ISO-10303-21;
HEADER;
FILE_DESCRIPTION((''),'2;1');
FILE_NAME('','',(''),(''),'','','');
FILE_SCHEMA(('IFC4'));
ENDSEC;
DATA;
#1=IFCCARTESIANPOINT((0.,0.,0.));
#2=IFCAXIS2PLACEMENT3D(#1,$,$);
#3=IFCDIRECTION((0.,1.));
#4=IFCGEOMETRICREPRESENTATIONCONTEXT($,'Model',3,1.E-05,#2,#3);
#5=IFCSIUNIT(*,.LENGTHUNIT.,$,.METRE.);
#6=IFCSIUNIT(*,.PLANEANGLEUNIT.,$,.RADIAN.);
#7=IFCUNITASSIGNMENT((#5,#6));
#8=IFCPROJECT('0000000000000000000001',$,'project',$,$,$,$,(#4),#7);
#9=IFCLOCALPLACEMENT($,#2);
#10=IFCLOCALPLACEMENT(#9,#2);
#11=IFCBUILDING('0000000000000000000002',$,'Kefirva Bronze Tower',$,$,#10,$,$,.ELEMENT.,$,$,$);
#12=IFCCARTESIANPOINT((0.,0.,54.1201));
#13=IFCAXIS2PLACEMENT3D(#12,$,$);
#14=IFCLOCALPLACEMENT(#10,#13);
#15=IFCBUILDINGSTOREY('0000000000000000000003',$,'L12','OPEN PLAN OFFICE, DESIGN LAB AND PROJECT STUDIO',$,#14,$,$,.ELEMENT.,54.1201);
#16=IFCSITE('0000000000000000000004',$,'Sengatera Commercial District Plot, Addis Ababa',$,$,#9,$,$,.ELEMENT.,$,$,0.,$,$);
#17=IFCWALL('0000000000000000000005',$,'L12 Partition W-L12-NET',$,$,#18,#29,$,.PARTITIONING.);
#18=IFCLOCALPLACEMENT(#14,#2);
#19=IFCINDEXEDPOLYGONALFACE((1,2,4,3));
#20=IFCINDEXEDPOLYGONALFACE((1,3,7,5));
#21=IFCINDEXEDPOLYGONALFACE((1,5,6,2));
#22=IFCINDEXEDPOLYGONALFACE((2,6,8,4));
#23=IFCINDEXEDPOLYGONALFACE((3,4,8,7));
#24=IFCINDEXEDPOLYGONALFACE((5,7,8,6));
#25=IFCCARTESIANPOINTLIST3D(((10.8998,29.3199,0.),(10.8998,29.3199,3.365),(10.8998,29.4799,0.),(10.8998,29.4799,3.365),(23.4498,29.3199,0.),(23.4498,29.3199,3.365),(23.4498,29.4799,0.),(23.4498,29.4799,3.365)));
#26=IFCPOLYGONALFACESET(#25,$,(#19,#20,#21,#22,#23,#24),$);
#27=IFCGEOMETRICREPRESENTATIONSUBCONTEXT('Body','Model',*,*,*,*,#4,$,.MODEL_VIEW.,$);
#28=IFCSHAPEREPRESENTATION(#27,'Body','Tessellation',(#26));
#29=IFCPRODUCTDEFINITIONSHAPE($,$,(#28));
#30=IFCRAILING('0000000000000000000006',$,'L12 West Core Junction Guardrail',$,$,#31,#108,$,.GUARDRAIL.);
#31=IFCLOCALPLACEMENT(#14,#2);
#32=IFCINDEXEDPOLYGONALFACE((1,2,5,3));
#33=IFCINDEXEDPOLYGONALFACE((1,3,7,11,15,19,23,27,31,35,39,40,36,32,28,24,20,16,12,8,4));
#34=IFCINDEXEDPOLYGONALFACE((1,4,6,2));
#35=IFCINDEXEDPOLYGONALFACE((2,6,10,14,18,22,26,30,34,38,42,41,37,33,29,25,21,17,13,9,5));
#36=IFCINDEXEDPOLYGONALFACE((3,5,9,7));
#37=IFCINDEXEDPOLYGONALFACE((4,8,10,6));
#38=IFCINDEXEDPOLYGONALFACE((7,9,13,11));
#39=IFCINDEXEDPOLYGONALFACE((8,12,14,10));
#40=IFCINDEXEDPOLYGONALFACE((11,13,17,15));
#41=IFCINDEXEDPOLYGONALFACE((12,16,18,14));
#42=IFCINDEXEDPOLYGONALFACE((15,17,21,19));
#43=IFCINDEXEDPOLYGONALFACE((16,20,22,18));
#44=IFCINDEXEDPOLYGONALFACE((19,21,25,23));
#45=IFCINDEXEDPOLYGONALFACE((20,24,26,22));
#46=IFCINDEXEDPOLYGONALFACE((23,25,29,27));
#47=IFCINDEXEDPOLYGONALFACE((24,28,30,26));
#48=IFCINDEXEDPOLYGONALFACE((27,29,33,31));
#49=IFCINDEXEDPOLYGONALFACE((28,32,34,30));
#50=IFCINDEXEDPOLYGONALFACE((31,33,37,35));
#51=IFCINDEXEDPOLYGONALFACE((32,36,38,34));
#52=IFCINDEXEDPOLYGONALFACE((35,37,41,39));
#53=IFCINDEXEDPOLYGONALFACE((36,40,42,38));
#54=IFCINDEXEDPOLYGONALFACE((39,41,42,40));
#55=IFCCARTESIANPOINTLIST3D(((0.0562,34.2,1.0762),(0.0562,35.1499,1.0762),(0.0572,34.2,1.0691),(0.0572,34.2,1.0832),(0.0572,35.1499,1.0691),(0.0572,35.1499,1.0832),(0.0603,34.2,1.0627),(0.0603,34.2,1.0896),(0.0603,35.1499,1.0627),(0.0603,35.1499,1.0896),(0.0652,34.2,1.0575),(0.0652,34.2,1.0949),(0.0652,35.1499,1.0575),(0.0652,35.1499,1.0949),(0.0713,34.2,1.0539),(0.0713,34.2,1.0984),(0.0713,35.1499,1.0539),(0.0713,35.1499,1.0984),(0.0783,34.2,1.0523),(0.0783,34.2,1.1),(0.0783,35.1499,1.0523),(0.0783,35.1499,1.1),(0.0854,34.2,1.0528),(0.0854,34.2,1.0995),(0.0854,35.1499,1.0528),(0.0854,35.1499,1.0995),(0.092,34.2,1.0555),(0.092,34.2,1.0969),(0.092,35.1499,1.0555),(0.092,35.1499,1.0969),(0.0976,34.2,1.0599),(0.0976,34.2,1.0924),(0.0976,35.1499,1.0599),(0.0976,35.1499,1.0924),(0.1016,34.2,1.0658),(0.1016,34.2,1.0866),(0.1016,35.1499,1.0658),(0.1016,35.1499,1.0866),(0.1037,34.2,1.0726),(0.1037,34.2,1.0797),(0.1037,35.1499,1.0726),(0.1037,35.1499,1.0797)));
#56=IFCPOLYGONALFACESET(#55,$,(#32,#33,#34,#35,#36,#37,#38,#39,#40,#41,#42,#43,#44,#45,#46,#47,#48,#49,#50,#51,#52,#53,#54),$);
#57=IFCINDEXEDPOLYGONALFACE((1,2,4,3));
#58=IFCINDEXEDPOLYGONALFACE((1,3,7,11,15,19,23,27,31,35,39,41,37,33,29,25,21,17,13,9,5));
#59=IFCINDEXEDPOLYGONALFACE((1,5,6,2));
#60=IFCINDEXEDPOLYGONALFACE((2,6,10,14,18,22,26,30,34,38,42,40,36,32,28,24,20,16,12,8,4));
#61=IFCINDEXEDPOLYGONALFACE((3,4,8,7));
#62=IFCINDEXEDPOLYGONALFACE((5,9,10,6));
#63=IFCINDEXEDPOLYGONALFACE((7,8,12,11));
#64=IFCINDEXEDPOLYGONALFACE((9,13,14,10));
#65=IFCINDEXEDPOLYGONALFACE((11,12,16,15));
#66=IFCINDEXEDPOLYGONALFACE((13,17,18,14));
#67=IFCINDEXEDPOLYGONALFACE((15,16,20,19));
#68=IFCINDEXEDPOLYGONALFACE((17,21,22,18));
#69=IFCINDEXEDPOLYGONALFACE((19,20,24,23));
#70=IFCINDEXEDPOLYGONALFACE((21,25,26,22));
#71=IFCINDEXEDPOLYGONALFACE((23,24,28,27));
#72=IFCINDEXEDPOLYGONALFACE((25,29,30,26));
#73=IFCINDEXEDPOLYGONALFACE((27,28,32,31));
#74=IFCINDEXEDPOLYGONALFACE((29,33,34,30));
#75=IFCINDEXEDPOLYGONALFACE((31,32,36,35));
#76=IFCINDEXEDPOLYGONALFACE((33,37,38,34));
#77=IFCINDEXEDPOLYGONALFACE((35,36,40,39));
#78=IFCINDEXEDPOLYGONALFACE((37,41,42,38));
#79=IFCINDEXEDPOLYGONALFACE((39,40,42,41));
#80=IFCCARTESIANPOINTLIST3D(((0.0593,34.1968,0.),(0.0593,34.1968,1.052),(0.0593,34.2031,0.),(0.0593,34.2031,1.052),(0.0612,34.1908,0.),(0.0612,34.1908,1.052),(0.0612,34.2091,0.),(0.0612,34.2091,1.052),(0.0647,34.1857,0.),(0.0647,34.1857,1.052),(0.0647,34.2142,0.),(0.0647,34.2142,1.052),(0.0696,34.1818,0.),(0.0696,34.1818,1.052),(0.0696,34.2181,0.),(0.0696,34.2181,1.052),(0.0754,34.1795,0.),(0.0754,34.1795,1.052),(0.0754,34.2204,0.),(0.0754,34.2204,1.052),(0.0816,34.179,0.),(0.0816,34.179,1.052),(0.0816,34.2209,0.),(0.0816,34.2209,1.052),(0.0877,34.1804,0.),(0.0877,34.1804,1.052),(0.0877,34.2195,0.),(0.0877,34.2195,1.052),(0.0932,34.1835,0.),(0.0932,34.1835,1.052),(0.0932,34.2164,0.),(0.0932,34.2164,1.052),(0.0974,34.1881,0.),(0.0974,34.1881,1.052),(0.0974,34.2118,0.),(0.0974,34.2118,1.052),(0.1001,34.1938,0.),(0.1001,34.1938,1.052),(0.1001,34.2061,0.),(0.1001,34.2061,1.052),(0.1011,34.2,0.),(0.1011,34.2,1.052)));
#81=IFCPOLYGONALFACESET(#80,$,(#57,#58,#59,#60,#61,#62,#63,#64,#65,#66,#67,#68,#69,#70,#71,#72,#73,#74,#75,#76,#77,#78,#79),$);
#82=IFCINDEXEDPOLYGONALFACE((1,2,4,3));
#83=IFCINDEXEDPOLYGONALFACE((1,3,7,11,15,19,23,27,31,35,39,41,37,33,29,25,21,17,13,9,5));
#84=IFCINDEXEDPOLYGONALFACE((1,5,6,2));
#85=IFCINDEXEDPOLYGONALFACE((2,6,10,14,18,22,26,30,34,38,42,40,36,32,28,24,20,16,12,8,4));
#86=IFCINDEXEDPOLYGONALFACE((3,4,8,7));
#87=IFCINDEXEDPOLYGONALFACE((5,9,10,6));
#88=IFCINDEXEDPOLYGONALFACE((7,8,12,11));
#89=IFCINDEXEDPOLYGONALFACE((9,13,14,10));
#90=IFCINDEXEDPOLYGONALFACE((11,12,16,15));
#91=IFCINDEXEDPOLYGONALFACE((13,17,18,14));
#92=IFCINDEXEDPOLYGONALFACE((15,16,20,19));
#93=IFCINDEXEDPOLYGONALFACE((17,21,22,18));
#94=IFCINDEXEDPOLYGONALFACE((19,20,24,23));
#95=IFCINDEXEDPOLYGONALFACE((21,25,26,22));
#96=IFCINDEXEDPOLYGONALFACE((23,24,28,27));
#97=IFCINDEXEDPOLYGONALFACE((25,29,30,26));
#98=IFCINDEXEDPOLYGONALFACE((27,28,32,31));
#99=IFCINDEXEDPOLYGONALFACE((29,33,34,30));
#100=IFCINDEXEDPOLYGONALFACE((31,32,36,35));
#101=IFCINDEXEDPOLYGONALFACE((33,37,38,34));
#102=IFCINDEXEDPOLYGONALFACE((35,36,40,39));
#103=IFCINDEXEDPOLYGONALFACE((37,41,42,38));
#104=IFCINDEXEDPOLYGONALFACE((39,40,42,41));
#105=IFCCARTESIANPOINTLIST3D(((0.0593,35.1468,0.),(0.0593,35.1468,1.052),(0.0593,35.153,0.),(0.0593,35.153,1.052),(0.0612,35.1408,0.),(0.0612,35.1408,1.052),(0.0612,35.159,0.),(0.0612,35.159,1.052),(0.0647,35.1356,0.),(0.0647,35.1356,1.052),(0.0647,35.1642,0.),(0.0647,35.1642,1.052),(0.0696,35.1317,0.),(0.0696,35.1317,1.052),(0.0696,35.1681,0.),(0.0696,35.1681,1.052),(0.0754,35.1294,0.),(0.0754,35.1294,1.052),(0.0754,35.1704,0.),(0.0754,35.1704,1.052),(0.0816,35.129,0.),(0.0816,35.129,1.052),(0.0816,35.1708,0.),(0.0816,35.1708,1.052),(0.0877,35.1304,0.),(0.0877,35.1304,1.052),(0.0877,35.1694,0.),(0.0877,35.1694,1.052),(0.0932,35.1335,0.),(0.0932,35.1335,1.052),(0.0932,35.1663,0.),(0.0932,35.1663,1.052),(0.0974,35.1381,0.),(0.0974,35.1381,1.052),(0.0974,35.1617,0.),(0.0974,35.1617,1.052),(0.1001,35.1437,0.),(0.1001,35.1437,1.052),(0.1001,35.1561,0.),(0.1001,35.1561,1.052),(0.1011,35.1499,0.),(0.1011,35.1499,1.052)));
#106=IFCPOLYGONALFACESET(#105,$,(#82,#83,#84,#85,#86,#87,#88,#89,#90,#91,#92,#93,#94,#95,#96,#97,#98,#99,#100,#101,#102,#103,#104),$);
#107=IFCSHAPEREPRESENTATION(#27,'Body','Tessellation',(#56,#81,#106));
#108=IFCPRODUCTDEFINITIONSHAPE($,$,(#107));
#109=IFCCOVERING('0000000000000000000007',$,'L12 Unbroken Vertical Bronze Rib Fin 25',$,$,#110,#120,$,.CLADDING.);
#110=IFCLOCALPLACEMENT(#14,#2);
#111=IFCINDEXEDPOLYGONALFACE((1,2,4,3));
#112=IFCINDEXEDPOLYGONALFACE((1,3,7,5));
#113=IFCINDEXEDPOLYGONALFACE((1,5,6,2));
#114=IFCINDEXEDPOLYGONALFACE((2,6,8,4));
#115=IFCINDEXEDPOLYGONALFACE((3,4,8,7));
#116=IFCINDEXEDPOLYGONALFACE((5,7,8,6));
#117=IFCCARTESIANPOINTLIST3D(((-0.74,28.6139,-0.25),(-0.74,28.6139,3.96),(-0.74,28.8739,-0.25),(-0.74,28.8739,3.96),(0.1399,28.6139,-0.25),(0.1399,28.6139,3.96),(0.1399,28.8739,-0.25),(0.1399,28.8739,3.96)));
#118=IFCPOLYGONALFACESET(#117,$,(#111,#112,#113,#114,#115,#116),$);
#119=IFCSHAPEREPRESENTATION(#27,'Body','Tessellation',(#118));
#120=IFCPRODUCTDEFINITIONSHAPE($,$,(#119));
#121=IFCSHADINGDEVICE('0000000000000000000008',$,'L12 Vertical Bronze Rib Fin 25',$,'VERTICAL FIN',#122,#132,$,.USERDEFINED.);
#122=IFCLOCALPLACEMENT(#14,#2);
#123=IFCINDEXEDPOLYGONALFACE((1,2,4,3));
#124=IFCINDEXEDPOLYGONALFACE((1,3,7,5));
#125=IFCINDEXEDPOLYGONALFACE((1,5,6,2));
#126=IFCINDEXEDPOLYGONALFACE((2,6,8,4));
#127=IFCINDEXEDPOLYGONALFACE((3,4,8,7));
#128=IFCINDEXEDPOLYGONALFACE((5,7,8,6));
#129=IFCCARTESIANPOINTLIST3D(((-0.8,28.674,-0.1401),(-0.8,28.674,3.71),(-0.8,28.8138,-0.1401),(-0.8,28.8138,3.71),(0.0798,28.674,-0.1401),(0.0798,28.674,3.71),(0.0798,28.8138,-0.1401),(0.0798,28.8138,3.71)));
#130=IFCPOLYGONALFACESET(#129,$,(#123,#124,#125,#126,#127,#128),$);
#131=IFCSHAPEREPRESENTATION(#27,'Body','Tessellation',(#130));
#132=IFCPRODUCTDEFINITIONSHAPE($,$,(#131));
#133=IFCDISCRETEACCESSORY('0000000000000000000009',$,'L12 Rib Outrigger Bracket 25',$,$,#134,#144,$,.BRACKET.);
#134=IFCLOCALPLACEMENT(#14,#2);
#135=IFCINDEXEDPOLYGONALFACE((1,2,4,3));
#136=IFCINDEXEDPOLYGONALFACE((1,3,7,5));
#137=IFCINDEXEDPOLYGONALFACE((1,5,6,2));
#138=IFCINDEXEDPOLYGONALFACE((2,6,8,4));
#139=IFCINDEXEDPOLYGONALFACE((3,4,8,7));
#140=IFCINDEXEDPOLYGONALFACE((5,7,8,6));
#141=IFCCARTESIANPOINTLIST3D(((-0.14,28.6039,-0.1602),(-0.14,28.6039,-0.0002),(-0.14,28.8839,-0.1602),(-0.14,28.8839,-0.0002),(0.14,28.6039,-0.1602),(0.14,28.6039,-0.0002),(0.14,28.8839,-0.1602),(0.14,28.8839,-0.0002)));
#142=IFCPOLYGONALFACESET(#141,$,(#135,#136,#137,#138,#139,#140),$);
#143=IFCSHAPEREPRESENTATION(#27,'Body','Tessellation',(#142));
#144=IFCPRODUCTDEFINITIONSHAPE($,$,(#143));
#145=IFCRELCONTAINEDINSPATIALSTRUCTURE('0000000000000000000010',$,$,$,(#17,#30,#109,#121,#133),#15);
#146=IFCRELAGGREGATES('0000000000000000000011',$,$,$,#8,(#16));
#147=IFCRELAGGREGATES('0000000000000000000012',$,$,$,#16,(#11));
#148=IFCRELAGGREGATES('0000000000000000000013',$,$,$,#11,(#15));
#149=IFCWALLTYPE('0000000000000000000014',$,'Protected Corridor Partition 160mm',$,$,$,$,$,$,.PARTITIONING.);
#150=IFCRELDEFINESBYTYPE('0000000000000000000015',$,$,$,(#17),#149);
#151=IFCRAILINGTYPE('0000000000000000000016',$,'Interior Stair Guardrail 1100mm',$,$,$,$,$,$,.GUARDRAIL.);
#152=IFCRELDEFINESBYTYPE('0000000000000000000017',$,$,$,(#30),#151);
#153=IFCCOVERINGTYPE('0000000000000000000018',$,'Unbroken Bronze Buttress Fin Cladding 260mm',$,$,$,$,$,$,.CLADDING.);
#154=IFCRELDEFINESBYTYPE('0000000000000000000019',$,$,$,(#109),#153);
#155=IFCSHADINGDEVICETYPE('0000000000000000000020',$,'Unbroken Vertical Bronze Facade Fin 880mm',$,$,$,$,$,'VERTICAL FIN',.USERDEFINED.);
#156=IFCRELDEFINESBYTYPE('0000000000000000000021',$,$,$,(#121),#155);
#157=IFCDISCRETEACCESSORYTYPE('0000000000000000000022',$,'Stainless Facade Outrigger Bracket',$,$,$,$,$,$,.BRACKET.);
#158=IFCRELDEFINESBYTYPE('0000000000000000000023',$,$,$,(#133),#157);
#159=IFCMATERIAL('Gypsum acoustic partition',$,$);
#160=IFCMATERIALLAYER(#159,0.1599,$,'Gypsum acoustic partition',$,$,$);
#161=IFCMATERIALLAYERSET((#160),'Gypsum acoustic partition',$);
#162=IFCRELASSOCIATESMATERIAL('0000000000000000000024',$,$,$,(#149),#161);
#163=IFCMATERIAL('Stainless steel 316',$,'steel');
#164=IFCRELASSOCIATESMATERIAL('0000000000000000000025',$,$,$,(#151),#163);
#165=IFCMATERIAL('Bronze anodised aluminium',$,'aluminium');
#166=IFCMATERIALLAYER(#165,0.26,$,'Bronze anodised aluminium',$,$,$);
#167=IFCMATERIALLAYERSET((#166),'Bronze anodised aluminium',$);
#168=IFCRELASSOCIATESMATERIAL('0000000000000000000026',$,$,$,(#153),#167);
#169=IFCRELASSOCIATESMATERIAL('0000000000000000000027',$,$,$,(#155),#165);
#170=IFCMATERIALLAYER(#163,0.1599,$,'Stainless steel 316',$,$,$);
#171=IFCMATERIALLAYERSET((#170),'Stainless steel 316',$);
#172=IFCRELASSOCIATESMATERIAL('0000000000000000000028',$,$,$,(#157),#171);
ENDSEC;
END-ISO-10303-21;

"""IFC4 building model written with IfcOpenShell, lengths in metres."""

from ifc_helpers import new_model, si_unit, direction, frame, frame_2d, origin, origin_2d, place, context, subcontext, project, spatial, rectangle, circle, extrude, material, layer, layer_set, material_profile, profile_set, type_object, element, save


model = new_model("IFC4")

# Units and contexts
model_context = context("Model", 3, precision=1e-05, world=origin(), true_north=direction((0.0, 1.0)))
body_context = subcontext(model_context, "Body", "Model", "MODEL_VIEW")
ifc_project = project(units=[si_unit("LENGTHUNIT", "METRE"), si_unit("PLANEANGLEUNIT", "RADIAN")], contexts=[model_context])

# Site, building, storey
site_placement = place(None, origin())
site = spatial("IfcSite", under=ifc_project, at=site_placement, Name="Sengatera Commercial District Plot, Addis Ababa", CompositionType="ELEMENT", RefElevation=0.0)
building_placement = place(site_placement, origin())
building = spatial("IfcBuilding", under=site, at=building_placement, Name="Kefirva Bronze Tower", CompositionType="ELEMENT")
storey_placement = place(building_placement, frame((0.0, 0.0, 54.1201)))
storey = spatial("IfcBuildingStorey", under=building, at=storey_placement, Name="L12", Description="OPEN PLAN OFFICE, DESIGN LAB AND PROJECT STUDIO", CompositionType="ELEMENT", Elevation=54.1201)

# Shared definitions
ifc_material_1 = material(Name="Bronze anodised aluminium", Category="aluminium")

# Wall
ifc_material_2 = material(Name="Gypsum acoustic partition")
ifc_layer_1 = layer(ifc_material_2, 0.1599, Name="Gypsum acoustic partition")
ifc_layer_set_1 = layer_set([ifc_layer_1], Name="Gypsum acoustic partition")
wall_type_1 = type_object("IfcWallType", Name="Protected Corridor Partition 160mm", PredefinedType="PARTITIONING", material=ifc_layer_set_1)
wall_1_placement = place(storey_placement, frame((10.8999, 29.3999, 0.0), z_axis=(0.0, 0.0, 1.0), x_axis=(1.0, 0.0, 0.0)))
element("IfcWall", 1, at=wall_1_placement, inside=storey, type_object=wall_type_1, Name="L12 Partition W-L12-NET", PredefinedType="PARTITIONING", context=body_context, shape_type="SweptSolid", body=[
    extrude(rectangle(XDim=12.55, YDim=0.1599, at=frame_2d((6.2749, 0.0))), origin(), (0.0, 0.0, 1.0), 3.365),
])

# Railing
ifc_material_3 = material(Name="Stainless steel 316", Category="steel")
railing_type = type_object("IfcRailingType", Name="Interior Stair Guardrail 1100mm", PredefinedType="GUARDRAIL", material=ifc_material_3)
railing_placement = place(storey_placement, frame((0.0801, 34.2, 0.0)))
element("IfcRailing", 2, at=railing_placement, inside=storey, type_object=railing_type, Name="L12 West Core Junction Guardrail", PredefinedType="GUARDRAIL", context=body_context, shape_type="SweptSolid", body=[
    extrude(circle(Radius=0.0239, at=origin_2d()), frame((0.0, 0.0, 1.0762), z_axis=(0.0, 1.0, 0.0), x_axis=(-1.0, 0.0, 0.0)), (0.0, 0.0, 1.0), 0.95),
    extrude(circle(Radius=0.021, at=origin_2d()), origin(), (0.0, 0.0, 1.0), 1.052),
    extrude(circle(Radius=0.021, at=origin_2d()), frame((0.0, 0.95, 0.0)), (0.0, 0.0, 1.0), 1.052),
])

# Covering
ifc_layer_2 = layer(ifc_material_1, 0.26, Name="Bronze anodised aluminium")
ifc_layer_set_2 = layer_set([ifc_layer_2], Name="Bronze anodised aluminium")
covering_type = type_object("IfcCoveringType", Name="Unbroken Bronze Buttress Fin Cladding 260mm", PredefinedType="CLADDING", material=ifc_layer_set_2)
covering_placement = place(storey_placement, frame((-0.3, 28.7439, -0.25), z_axis=(0.0, 0.0, 1.0), x_axis=(0.0, -1.0, 0.0)))
element("IfcCovering", 3, at=covering_placement, inside=storey, type_object=covering_type, Name="L12 Unbroken Vertical Bronze Rib Fin 25", PredefinedType="CLADDING", context=body_context, shape_type="SweptSolid", body=[
    extrude(rectangle(XDim=0.26, YDim=0.8799, at=origin_2d()), origin(), (0.0, 0.0, 1.0), 4.21),
])

# Shading device
ifc_material_profile_1 = material_profile(ifc_material_1, rectangle(XDim=0.1399, YDim=0.8799, at=origin_2d()), Name="BRONZE FIN 140x880")
ifc_profile_set_1 = profile_set([ifc_material_profile_1], Name="Bronze anodised aluminium")
shading_device_type = type_object("IfcShadingDeviceType", Name="Unbroken Vertical Bronze Facade Fin 880mm", ElementType="VERTICAL FIN", PredefinedType="USERDEFINED", material=ifc_profile_set_1)
shading_device_placement = place(storey_placement, frame((-0.3601, 28.7439, -0.1401), z_axis=(0.0, 0.0, 1.0), x_axis=(0.0, -1.0, 0.0)))
element("IfcShadingDevice", 4, at=shading_device_placement, inside=storey, type_object=shading_device_type, Name="L12 Vertical Bronze Rib Fin 25", ObjectType="VERTICAL FIN", PredefinedType="USERDEFINED", context=body_context, shape_type="SweptSolid", body=[
    extrude(rectangle(XDim=0.1399, YDim=0.8799, at=origin_2d()), origin(), (0.0, 0.0, 1.0), 3.8501),
])

# Discrete accessory
ifc_layer_3 = layer(ifc_material_3, 0.1599, Name="Stainless steel 316")
ifc_layer_set_3 = layer_set([ifc_layer_3], Name="Stainless steel 316")
discrete_accessory_type = type_object("IfcDiscreteAccessoryType", Name="Stainless Facade Outrigger Bracket", PredefinedType="BRACKET", material=ifc_layer_set_3)
discrete_accessory_placement = place(storey_placement, frame((0.0, 28.7439, -0.1602), z_axis=(0.0, 0.0, 1.0), x_axis=(0.0, -1.0, 0.0)))
element("IfcDiscreteAccessory", 5, at=discrete_accessory_placement, inside=storey, type_object=discrete_accessory_type, Name="L12 Rib Outrigger Bracket 25", PredefinedType="BRACKET", context=body_context, shape_type="SweptSolid", body=[
    extrude(rectangle(XDim=0.28, YDim=0.28, at=origin_2d()), origin(), (0.0, 0.0, 1.0), 0.1599),
])

save(model, "model.ifc")
